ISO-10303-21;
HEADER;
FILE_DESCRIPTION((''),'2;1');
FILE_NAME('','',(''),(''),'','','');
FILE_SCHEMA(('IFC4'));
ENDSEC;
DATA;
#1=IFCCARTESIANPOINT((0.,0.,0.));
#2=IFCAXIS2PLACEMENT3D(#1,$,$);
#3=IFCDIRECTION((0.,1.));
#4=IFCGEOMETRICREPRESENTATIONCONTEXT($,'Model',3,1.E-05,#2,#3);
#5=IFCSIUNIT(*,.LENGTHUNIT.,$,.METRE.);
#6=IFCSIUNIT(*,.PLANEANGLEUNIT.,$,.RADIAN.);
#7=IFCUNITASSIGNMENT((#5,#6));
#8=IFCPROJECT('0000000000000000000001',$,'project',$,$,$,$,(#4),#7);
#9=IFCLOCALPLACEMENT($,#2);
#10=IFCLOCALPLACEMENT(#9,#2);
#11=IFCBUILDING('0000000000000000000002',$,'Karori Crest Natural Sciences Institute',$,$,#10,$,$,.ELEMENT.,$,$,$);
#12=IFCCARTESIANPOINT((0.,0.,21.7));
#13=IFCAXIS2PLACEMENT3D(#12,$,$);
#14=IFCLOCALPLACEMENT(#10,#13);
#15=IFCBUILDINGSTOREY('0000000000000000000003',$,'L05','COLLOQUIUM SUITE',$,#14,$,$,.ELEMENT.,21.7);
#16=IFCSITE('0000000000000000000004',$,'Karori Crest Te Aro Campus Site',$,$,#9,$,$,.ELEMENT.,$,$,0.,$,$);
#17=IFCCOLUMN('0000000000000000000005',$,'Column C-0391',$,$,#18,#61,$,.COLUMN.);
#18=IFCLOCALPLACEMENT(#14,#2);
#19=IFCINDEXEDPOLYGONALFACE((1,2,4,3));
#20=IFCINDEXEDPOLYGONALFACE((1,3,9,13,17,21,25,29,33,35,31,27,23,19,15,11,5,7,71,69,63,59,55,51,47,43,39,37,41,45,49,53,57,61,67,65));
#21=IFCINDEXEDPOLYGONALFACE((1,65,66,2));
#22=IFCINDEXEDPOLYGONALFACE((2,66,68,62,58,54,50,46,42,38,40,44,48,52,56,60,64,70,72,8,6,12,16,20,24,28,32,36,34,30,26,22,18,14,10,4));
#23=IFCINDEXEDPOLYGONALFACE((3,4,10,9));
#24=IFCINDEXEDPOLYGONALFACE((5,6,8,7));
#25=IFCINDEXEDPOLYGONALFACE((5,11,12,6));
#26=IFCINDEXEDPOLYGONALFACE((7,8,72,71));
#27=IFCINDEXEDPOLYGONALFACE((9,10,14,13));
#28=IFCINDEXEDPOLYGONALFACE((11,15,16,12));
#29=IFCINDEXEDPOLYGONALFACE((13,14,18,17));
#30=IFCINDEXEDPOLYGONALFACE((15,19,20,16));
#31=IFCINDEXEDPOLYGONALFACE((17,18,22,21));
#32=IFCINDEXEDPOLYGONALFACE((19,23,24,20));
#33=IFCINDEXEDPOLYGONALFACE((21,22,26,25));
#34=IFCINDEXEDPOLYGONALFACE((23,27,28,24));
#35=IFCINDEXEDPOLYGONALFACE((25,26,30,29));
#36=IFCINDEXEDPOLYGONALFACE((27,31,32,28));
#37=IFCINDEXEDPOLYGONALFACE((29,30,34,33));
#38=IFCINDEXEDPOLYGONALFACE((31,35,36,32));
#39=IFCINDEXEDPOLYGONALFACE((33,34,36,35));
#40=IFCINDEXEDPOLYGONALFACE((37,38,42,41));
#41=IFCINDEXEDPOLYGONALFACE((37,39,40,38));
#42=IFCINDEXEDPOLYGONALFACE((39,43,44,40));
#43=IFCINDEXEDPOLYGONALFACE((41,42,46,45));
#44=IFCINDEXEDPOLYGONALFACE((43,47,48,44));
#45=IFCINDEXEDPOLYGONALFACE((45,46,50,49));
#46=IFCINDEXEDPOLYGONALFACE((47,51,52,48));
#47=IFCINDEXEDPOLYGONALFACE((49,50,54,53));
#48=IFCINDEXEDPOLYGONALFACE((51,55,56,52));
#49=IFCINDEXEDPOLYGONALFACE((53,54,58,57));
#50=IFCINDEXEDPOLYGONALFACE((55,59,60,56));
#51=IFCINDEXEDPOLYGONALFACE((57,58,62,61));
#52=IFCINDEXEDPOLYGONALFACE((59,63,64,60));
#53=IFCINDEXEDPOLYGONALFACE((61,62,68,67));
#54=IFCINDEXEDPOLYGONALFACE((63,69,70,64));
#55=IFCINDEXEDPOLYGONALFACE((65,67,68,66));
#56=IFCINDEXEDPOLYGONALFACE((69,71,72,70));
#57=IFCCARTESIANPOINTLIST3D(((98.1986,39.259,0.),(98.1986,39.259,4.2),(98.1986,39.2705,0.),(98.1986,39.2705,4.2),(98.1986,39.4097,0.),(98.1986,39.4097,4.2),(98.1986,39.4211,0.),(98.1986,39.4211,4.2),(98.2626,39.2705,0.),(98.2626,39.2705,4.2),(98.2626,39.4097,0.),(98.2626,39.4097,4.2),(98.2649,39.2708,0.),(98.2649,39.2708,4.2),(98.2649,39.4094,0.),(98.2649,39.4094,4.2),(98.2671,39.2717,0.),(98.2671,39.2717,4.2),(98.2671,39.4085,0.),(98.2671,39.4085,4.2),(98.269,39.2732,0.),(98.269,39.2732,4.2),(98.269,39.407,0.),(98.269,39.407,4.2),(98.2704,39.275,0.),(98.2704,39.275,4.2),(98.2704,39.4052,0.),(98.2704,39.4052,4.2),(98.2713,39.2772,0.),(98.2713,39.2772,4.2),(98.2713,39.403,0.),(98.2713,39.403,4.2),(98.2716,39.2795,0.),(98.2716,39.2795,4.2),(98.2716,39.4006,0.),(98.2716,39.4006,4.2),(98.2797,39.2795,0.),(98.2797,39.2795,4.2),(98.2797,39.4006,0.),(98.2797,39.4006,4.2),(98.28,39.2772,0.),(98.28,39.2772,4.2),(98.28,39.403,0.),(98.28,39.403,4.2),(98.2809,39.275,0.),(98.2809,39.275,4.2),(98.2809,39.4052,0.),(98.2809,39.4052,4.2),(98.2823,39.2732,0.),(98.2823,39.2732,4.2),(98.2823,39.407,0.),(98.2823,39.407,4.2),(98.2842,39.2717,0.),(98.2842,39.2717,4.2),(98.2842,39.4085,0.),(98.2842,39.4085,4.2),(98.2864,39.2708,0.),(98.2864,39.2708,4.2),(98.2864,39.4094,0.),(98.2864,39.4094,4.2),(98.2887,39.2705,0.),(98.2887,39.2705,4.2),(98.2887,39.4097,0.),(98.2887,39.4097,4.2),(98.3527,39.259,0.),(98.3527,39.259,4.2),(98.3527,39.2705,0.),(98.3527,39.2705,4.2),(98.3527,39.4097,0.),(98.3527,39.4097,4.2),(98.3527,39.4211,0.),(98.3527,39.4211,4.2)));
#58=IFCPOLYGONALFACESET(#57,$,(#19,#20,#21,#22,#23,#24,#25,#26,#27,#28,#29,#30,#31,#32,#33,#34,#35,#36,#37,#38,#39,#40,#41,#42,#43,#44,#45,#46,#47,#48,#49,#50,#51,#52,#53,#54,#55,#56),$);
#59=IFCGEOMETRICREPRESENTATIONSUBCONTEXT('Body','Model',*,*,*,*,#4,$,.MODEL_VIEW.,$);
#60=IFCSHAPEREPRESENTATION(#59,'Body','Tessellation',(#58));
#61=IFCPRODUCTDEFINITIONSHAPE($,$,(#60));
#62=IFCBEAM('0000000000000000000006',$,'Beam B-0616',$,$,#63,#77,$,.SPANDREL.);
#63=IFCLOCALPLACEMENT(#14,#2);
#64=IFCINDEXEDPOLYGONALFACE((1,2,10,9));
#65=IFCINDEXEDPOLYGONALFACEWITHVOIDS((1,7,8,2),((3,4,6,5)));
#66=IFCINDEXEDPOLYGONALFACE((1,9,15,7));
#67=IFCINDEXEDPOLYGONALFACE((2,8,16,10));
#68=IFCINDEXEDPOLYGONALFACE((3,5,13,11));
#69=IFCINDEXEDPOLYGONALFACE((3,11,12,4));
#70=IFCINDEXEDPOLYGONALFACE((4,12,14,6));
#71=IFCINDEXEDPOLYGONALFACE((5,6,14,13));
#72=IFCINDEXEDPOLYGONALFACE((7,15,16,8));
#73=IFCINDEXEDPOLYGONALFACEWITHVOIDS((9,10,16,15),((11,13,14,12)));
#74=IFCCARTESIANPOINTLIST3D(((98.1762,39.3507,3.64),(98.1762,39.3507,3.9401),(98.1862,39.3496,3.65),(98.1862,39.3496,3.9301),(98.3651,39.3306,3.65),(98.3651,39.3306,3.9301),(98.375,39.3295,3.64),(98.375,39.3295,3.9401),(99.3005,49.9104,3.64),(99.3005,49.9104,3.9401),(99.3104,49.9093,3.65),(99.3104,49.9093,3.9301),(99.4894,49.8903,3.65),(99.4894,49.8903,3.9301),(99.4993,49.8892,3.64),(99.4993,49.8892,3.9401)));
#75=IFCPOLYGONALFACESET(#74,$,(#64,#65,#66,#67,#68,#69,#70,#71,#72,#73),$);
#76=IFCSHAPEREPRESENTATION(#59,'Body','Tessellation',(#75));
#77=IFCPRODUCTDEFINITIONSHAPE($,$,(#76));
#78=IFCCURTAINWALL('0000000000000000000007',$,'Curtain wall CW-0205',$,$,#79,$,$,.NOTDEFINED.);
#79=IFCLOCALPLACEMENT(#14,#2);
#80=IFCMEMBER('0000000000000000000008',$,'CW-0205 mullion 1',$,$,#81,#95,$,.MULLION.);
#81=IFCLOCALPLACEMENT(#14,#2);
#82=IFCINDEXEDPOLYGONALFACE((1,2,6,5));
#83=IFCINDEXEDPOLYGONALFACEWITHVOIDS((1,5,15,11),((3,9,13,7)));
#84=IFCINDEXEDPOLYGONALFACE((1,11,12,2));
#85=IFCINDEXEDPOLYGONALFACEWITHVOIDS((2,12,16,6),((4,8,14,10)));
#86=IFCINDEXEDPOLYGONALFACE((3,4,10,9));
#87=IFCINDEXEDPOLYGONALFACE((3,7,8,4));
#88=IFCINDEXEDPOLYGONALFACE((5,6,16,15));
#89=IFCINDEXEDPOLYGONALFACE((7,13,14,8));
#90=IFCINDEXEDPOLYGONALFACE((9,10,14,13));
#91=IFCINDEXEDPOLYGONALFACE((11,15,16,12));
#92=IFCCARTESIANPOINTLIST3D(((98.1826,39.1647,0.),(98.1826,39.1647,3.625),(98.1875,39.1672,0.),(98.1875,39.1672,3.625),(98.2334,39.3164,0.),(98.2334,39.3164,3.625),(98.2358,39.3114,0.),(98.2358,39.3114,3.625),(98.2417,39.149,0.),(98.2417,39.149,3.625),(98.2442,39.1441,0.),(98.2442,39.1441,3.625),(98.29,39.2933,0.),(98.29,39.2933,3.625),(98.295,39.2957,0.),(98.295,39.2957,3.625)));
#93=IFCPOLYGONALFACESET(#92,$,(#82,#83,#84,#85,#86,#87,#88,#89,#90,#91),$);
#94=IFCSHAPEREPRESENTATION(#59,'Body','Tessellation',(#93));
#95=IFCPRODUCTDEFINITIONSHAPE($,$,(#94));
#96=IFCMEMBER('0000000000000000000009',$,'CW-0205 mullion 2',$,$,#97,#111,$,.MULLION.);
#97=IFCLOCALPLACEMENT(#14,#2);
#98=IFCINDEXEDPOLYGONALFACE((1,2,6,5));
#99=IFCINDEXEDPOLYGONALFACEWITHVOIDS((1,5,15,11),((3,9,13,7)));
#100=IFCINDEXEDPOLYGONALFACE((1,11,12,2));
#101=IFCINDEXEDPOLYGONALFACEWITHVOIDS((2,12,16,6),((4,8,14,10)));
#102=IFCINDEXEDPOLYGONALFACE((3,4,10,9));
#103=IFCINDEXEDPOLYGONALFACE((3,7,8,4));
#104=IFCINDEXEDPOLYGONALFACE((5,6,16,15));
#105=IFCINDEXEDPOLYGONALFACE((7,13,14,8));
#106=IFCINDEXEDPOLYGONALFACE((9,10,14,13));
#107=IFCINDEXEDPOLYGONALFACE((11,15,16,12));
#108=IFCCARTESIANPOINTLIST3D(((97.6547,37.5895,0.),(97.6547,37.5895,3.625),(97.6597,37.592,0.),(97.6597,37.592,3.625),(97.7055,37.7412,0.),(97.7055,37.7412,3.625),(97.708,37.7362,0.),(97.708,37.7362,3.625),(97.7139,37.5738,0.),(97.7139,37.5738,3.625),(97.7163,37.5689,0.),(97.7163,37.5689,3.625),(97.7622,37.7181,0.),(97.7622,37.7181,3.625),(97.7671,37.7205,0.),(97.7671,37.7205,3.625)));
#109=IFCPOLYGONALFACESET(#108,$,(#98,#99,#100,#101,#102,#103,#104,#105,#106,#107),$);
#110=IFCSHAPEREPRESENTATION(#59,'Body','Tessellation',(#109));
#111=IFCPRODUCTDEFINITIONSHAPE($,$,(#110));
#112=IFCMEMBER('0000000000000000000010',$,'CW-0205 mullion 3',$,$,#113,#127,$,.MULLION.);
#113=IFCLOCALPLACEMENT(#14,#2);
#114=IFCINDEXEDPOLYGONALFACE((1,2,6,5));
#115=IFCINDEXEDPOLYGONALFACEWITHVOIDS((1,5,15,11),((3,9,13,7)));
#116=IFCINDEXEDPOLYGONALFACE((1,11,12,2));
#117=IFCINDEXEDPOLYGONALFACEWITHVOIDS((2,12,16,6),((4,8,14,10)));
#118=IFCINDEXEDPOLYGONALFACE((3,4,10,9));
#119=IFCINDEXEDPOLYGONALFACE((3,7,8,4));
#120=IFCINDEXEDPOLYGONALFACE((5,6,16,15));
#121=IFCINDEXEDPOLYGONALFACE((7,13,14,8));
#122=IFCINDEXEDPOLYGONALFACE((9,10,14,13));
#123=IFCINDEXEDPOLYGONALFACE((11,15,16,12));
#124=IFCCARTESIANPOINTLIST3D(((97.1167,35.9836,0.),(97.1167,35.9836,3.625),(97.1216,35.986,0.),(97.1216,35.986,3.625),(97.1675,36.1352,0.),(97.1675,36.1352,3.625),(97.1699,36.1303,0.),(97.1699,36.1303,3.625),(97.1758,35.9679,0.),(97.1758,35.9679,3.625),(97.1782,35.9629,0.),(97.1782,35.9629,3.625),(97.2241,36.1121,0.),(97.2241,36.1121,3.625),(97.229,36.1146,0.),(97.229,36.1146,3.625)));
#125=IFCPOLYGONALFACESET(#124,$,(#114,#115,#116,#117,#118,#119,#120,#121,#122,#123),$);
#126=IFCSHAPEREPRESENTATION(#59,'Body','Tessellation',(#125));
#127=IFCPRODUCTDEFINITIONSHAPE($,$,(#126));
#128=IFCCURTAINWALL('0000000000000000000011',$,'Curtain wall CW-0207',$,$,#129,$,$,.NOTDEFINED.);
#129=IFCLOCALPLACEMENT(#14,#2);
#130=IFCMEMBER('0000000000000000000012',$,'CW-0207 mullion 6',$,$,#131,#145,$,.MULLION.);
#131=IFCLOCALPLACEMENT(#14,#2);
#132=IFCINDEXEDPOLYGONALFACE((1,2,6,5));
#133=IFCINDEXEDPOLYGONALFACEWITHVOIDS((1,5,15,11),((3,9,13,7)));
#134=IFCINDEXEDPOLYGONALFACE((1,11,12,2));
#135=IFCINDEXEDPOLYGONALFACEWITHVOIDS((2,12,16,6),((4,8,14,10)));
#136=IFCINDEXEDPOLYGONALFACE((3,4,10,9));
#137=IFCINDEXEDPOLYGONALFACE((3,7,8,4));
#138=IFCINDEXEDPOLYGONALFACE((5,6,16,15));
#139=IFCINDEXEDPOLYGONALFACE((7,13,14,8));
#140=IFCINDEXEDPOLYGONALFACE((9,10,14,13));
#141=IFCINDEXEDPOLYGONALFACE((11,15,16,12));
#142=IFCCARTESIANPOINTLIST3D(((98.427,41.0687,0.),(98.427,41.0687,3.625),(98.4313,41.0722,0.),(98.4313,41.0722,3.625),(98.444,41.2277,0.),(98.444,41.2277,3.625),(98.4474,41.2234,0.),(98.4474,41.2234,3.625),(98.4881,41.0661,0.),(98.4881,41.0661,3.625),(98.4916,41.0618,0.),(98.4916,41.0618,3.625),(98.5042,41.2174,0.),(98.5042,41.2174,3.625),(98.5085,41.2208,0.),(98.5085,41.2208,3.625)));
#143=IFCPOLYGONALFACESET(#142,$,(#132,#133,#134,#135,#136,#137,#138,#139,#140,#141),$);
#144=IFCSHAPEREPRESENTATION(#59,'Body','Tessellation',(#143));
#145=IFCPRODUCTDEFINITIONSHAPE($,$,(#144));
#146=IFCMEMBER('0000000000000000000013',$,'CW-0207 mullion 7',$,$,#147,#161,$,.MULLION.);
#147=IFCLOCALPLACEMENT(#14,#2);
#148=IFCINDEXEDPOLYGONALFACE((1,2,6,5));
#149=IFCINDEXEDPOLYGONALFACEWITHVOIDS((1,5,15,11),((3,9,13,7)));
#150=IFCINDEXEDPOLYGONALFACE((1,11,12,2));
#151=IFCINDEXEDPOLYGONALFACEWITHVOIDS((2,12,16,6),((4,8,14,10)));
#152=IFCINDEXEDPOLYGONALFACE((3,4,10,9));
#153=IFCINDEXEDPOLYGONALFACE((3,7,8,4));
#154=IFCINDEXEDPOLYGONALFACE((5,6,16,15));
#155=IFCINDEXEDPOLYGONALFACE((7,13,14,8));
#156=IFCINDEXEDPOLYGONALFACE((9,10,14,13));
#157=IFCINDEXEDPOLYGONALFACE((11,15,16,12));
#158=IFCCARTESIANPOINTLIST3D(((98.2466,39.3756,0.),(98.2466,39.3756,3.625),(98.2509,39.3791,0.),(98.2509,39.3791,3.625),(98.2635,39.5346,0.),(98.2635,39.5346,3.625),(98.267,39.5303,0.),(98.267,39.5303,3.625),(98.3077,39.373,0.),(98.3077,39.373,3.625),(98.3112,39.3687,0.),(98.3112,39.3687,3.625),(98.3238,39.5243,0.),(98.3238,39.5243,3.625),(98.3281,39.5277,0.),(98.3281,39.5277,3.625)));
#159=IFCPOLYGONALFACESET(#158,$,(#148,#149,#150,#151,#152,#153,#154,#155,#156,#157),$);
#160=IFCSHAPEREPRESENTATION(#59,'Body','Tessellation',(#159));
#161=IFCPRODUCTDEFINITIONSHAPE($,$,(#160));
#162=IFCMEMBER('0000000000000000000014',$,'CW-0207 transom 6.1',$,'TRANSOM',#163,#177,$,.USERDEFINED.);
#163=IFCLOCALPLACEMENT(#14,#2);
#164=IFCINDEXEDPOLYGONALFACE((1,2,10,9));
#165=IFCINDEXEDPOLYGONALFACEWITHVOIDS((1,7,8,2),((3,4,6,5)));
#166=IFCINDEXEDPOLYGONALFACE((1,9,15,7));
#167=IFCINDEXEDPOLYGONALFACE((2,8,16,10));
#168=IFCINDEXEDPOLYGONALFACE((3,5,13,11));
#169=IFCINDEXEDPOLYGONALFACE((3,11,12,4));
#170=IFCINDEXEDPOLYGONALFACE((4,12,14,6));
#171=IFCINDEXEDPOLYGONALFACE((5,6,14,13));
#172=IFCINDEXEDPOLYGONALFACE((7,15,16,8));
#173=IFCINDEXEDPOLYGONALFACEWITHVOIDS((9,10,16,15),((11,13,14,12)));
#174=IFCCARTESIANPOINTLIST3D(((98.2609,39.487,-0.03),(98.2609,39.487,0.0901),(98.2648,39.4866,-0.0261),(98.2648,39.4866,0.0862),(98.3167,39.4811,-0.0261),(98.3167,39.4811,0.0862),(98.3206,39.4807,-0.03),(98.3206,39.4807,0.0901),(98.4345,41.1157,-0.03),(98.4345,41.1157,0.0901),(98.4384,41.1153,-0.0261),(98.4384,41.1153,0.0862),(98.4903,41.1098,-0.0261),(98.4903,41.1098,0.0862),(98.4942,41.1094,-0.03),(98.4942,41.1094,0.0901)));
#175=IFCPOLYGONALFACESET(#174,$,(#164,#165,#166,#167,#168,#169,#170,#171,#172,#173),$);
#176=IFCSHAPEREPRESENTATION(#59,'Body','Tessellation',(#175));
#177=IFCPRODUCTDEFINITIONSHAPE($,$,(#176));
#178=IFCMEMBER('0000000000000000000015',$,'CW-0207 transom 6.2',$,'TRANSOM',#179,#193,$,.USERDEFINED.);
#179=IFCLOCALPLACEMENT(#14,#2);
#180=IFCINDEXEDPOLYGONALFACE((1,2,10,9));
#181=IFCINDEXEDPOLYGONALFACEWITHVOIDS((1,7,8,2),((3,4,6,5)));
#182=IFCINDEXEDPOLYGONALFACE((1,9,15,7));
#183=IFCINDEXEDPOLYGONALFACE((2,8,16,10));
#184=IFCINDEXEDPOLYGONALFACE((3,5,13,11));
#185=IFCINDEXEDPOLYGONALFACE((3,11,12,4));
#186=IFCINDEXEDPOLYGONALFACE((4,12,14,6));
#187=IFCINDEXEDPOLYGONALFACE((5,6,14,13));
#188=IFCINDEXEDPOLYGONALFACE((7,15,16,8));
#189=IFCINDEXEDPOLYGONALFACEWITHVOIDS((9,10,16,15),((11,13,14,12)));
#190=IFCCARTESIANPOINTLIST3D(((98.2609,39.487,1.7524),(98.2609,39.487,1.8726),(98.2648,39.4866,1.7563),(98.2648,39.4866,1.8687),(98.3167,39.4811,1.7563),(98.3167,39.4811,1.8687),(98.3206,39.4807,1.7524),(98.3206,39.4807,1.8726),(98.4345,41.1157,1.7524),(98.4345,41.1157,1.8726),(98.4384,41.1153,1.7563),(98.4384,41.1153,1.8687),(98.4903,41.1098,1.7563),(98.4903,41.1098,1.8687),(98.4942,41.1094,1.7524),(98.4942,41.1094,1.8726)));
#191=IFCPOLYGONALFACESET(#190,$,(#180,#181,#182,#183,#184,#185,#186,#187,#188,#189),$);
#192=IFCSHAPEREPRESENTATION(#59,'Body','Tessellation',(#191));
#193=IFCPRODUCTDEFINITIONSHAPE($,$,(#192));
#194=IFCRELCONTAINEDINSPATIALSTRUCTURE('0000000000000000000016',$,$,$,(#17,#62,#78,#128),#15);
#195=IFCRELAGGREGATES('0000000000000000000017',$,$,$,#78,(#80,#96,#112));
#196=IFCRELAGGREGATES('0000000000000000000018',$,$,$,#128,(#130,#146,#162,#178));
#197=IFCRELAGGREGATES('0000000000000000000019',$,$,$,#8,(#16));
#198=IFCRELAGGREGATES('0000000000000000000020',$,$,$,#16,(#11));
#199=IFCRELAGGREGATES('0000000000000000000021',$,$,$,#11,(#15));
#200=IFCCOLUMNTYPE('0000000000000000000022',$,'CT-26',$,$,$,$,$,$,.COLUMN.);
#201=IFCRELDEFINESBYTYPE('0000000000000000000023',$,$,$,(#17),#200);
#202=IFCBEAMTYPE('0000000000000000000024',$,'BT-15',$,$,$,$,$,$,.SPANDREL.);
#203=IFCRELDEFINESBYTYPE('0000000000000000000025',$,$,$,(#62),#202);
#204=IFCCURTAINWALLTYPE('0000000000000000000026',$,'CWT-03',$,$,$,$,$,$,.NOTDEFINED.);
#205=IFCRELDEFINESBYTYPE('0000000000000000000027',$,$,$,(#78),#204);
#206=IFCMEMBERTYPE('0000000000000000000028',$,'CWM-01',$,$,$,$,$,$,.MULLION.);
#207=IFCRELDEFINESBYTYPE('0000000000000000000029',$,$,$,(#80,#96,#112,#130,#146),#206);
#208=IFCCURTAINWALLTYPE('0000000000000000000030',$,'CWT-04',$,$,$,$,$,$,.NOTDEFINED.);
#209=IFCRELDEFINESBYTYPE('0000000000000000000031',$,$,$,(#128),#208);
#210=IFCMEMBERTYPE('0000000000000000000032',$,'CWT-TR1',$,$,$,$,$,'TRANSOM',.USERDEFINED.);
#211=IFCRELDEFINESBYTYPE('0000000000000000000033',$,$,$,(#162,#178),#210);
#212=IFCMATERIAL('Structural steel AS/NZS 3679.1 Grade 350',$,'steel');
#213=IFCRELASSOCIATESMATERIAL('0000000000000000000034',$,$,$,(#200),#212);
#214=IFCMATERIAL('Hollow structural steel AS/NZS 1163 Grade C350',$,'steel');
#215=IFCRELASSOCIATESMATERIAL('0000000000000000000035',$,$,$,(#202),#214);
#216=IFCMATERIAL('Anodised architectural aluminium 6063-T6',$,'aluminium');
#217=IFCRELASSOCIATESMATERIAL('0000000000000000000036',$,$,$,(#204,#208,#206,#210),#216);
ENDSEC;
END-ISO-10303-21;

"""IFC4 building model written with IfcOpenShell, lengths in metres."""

from ifc_helpers import new_model, si_unit, direction, frame, origin, origin_2d, place, context, subcontext, project, spatial, hollow_rectangle, i_section, extrude, material, material_profile, profile_set, type_object, element, aggregate, save


model = new_model("IFC4")

# Units and contexts
model_context = context("Model", 3, precision=1e-05, world=origin(), true_north=direction((0.0, 1.0)))
body_context = subcontext(model_context, "Body", "Model", "MODEL_VIEW")
ifc_project = project(units=[si_unit("LENGTHUNIT", "METRE"), si_unit("PLANEANGLEUNIT", "RADIAN")], contexts=[model_context])

# Site, building, storey
site_placement = place(None, origin())
site = spatial("IfcSite", under=ifc_project, at=site_placement, Name="Karori Crest Te Aro Campus Site", CompositionType="ELEMENT", RefElevation=0.0)
building_placement = place(site_placement, origin())
building = spatial("IfcBuilding", under=site, at=building_placement, Name="Karori Crest Natural Sciences Institute", CompositionType="ELEMENT")
storey_placement = place(building_placement, frame((0.0, 0.0, 21.7)))
storey = spatial("IfcBuildingStorey", under=building, at=storey_placement, Name="L05", Description="COLLOQUIUM SUITE", CompositionType="ELEMENT", Elevation=21.7)

# Column
ifc_material_1 = material(Name="Structural steel AS/NZS 3679.1 Grade 350", Category="steel")
ifc_material_profile_1 = material_profile(ifc_material_1, i_section(OverallWidth=0.1541, OverallDepth=0.1621, WebThickness=0.0081, FlangeThickness=0.0115, FilletRadius=0.009, at=origin_2d()), Name="150UC37.2")
ifc_profile_set_1 = profile_set([ifc_material_profile_1], Name="Structural steel AS/NZS 3679.1 Grade 350")
column_type = type_object("IfcColumnType", Name="CT-26", PredefinedType="COLUMN", material=ifc_profile_set_1)
column_placement = place(storey_placement, frame((98.2756, 39.3401, 0.0), z_axis=(0.0, 0.0, 1.0), x_axis=(1.0, 0.0, 0.0)))
element("IfcColumn", 1, at=column_placement, inside=storey, type_object=column_type, Name="Column C-0391", PredefinedType="COLUMN", context=body_context, shape_type="SweptSolid", body=[
    extrude(i_section(OverallWidth=0.1541, OverallDepth=0.1621, WebThickness=0.0081, FlangeThickness=0.0115, FilletRadius=0.009, at=origin_2d()), origin(), (0.0, 0.0, 1.0), 4.2),
])

# Beam
ifc_material_2 = material(Name="Hollow structural steel AS/NZS 1163 Grade C350", Category="steel")
ifc_material_profile_2 = material_profile(ifc_material_2, hollow_rectangle(XDim=0.2, YDim=0.3, WallThickness=0.01, at=origin_2d()), Name="RHS300x200x10")
ifc_profile_set_2 = profile_set([ifc_material_profile_2], Name="Hollow structural steel AS/NZS 1163 Grade C350")
beam_type = type_object("IfcBeamType", Name="BT-15", PredefinedType="SPANDREL", material=ifc_profile_set_2)
beam_placement = place(storey_placement, frame((98.2756, 39.3401, 3.79), z_axis=(0.105868, 0.99438, 0.0), x_axis=(-0.99438, 0.105868, 0.0)))
element("IfcBeam", 2, at=beam_placement, inside=storey, type_object=beam_type, Name="Beam B-0616", PredefinedType="SPANDREL", context=body_context, shape_type="SweptSolid", body=[
    extrude(hollow_rectangle(XDim=0.2, YDim=0.3, WallThickness=0.01, at=origin_2d()), origin(), (0.0, 0.0, 1.0), 10.6194),
])

# Curtain walls, members
ifc_material_3 = material(Name="Anodised architectural aluminium 6063-T6", Category="aluminium")
curtain_wall_type_1 = type_object("IfcCurtainWallType", Name="CWT-03", PredefinedType="NOTDEFINED", material=ifc_material_3)
curtain_wall_1_placement = place(storey_placement, origin())
curtain_wall_1 = element("IfcCurtainWall", 3, at=curtain_wall_1_placement, inside=storey, type_object=curtain_wall_type_1, Name="Curtain wall CW-0205", PredefinedType="NOTDEFINED")
ifc_material_profile_3 = material_profile(ifc_material_3, hollow_rectangle(XDim=0.0649, YDim=0.1599, WallThickness=0.0039, at=origin_2d()), Name="CWM160x65x4")
ifc_profile_set_3 = profile_set([ifc_material_profile_3], Name="Anodised architectural aluminium 6063-T6")
member_type_1 = type_object("IfcMemberType", Name="CWM-01", PredefinedType="MULLION", material=ifc_profile_set_3)
member_1_placement = place(storey_placement, frame((98.2388, 39.2302, 0.0), z_axis=(0.0, 0.0, 1.0), x_axis=(0.948198, -0.31768, 0.0)))
member_1 = element("IfcMember", 4, at=member_1_placement, type_object=member_type_1, Name="CW-0205 mullion 1", PredefinedType="MULLION", context=body_context, shape_type="SweptSolid", body=[
    extrude(hollow_rectangle(XDim=0.0649, YDim=0.1599, WallThickness=0.0039, at=origin_2d()), origin(), (0.0, 0.0, 1.0), 3.625),
])
member_2_placement = place(storey_placement, frame((97.7109, 37.655, 0.0), z_axis=(0.0, 0.0, 1.0), x_axis=(0.948198, -0.31768, 0.0)))
member_2 = element("IfcMember", 5, at=member_2_placement, type_object=member_type_1, Name="CW-0205 mullion 2", PredefinedType="MULLION", context=body_context, shape_type="SweptSolid", body=[
    extrude(hollow_rectangle(XDim=0.0649, YDim=0.1599, WallThickness=0.0039, at=origin_2d()), origin(), (0.0, 0.0, 1.0), 3.625),
])
member_3_placement = place(storey_placement, frame((97.1729, 36.0491, 0.0), z_axis=(0.0, 0.0, 1.0), x_axis=(0.948198, -0.31768, 0.0)))
member_3 = element("IfcMember", 6, at=member_3_placement, type_object=member_type_1, Name="CW-0205 mullion 3", PredefinedType="MULLION", context=body_context, shape_type="SweptSolid", body=[
    extrude(hollow_rectangle(XDim=0.0649, YDim=0.1599, WallThickness=0.0039, at=origin_2d()), origin(), (0.0, 0.0, 1.0), 3.625),
])
curtain_wall_type_2 = type_object("IfcCurtainWallType", Name="CWT-04", PredefinedType="NOTDEFINED", material=ifc_material_3)
curtain_wall_2_placement = place(storey_placement, origin())
curtain_wall_2 = element("IfcCurtainWall", 7, at=curtain_wall_2_placement, inside=storey, type_object=curtain_wall_type_2, Name="Curtain wall CW-0207", PredefinedType="NOTDEFINED")
member_4_placement = place(storey_placement, frame((98.4678, 41.1448, 0.0), z_axis=(0.0, 0.0, 1.0), x_axis=(0.994378, -0.105886, 0.0)))
member_4 = element("IfcMember", 8, at=member_4_placement, type_object=member_type_1, Name="CW-0207 mullion 6", PredefinedType="MULLION", context=body_context, shape_type="SweptSolid", body=[
    extrude(hollow_rectangle(XDim=0.0649, YDim=0.1599, WallThickness=0.0039, at=origin_2d()), origin(), (0.0, 0.0, 1.0), 3.625),
])
member_5_placement = place(storey_placement, frame((98.2874, 39.4517, 0.0), z_axis=(0.0, 0.0, 1.0), x_axis=(0.994378, -0.105886, 0.0)))
member_5 = element("IfcMember", 9, at=member_5_placement, type_object=member_type_1, Name="CW-0207 mullion 7", PredefinedType="MULLION", context=body_context, shape_type="SweptSolid", body=[
    extrude(hollow_rectangle(XDim=0.0649, YDim=0.1599, WallThickness=0.0039, at=origin_2d()), origin(), (0.0, 0.0, 1.0), 3.625),
])
ifc_material_profile_4 = material_profile(ifc_material_3, hollow_rectangle(XDim=0.0601, YDim=0.1201, WallThickness=0.0039, at=origin_2d()), Name="CWT120x60x4")
ifc_profile_set_4 = profile_set([ifc_material_profile_4], Name="Anodised architectural aluminium 6063-T6")
member_type_2 = type_object("IfcMemberType", Name="CWT-TR1", ElementType="TRANSOM", PredefinedType="USERDEFINED", material=ifc_profile_set_4)
member_6_placement = place(storey_placement, frame((98.4644, 41.1125, 0.03), z_axis=(-0.10598, -0.994368, 0.0), x_axis=(0.994368, -0.10598, 0.0)))
member_6 = element("IfcMember", 10, at=member_6_placement, type_object=member_type_2, Name="CW-0207 transom 6.1", ObjectType="TRANSOM", PredefinedType="USERDEFINED", context=body_context, shape_type="SweptSolid", body=[
    extrude(hollow_rectangle(XDim=0.0601, YDim=0.1201, WallThickness=0.0039, at=origin_2d()), origin(), (0.0, 0.0, 1.0), 1.6379),
])
member_7_placement = place(storey_placement, frame((98.4644, 41.1125, 1.8125), z_axis=(-0.10598, -0.994368, 0.0), x_axis=(0.994368, -0.10598, 0.0)))
member_7 = element("IfcMember", 11, at=member_7_placement, type_object=member_type_2, Name="CW-0207 transom 6.2", ObjectType="TRANSOM", PredefinedType="USERDEFINED", context=body_context, shape_type="SweptSolid", body=[
    extrude(hollow_rectangle(XDim=0.0601, YDim=0.1201, WallThickness=0.0039, at=origin_2d()), origin(), (0.0, 0.0, 1.0), 1.6379),
])

aggregate(curtain_wall_1, [member_1, member_2, member_3])
aggregate(curtain_wall_2, [member_4, member_5, member_6, member_7])

save(model, "model.ifc")
